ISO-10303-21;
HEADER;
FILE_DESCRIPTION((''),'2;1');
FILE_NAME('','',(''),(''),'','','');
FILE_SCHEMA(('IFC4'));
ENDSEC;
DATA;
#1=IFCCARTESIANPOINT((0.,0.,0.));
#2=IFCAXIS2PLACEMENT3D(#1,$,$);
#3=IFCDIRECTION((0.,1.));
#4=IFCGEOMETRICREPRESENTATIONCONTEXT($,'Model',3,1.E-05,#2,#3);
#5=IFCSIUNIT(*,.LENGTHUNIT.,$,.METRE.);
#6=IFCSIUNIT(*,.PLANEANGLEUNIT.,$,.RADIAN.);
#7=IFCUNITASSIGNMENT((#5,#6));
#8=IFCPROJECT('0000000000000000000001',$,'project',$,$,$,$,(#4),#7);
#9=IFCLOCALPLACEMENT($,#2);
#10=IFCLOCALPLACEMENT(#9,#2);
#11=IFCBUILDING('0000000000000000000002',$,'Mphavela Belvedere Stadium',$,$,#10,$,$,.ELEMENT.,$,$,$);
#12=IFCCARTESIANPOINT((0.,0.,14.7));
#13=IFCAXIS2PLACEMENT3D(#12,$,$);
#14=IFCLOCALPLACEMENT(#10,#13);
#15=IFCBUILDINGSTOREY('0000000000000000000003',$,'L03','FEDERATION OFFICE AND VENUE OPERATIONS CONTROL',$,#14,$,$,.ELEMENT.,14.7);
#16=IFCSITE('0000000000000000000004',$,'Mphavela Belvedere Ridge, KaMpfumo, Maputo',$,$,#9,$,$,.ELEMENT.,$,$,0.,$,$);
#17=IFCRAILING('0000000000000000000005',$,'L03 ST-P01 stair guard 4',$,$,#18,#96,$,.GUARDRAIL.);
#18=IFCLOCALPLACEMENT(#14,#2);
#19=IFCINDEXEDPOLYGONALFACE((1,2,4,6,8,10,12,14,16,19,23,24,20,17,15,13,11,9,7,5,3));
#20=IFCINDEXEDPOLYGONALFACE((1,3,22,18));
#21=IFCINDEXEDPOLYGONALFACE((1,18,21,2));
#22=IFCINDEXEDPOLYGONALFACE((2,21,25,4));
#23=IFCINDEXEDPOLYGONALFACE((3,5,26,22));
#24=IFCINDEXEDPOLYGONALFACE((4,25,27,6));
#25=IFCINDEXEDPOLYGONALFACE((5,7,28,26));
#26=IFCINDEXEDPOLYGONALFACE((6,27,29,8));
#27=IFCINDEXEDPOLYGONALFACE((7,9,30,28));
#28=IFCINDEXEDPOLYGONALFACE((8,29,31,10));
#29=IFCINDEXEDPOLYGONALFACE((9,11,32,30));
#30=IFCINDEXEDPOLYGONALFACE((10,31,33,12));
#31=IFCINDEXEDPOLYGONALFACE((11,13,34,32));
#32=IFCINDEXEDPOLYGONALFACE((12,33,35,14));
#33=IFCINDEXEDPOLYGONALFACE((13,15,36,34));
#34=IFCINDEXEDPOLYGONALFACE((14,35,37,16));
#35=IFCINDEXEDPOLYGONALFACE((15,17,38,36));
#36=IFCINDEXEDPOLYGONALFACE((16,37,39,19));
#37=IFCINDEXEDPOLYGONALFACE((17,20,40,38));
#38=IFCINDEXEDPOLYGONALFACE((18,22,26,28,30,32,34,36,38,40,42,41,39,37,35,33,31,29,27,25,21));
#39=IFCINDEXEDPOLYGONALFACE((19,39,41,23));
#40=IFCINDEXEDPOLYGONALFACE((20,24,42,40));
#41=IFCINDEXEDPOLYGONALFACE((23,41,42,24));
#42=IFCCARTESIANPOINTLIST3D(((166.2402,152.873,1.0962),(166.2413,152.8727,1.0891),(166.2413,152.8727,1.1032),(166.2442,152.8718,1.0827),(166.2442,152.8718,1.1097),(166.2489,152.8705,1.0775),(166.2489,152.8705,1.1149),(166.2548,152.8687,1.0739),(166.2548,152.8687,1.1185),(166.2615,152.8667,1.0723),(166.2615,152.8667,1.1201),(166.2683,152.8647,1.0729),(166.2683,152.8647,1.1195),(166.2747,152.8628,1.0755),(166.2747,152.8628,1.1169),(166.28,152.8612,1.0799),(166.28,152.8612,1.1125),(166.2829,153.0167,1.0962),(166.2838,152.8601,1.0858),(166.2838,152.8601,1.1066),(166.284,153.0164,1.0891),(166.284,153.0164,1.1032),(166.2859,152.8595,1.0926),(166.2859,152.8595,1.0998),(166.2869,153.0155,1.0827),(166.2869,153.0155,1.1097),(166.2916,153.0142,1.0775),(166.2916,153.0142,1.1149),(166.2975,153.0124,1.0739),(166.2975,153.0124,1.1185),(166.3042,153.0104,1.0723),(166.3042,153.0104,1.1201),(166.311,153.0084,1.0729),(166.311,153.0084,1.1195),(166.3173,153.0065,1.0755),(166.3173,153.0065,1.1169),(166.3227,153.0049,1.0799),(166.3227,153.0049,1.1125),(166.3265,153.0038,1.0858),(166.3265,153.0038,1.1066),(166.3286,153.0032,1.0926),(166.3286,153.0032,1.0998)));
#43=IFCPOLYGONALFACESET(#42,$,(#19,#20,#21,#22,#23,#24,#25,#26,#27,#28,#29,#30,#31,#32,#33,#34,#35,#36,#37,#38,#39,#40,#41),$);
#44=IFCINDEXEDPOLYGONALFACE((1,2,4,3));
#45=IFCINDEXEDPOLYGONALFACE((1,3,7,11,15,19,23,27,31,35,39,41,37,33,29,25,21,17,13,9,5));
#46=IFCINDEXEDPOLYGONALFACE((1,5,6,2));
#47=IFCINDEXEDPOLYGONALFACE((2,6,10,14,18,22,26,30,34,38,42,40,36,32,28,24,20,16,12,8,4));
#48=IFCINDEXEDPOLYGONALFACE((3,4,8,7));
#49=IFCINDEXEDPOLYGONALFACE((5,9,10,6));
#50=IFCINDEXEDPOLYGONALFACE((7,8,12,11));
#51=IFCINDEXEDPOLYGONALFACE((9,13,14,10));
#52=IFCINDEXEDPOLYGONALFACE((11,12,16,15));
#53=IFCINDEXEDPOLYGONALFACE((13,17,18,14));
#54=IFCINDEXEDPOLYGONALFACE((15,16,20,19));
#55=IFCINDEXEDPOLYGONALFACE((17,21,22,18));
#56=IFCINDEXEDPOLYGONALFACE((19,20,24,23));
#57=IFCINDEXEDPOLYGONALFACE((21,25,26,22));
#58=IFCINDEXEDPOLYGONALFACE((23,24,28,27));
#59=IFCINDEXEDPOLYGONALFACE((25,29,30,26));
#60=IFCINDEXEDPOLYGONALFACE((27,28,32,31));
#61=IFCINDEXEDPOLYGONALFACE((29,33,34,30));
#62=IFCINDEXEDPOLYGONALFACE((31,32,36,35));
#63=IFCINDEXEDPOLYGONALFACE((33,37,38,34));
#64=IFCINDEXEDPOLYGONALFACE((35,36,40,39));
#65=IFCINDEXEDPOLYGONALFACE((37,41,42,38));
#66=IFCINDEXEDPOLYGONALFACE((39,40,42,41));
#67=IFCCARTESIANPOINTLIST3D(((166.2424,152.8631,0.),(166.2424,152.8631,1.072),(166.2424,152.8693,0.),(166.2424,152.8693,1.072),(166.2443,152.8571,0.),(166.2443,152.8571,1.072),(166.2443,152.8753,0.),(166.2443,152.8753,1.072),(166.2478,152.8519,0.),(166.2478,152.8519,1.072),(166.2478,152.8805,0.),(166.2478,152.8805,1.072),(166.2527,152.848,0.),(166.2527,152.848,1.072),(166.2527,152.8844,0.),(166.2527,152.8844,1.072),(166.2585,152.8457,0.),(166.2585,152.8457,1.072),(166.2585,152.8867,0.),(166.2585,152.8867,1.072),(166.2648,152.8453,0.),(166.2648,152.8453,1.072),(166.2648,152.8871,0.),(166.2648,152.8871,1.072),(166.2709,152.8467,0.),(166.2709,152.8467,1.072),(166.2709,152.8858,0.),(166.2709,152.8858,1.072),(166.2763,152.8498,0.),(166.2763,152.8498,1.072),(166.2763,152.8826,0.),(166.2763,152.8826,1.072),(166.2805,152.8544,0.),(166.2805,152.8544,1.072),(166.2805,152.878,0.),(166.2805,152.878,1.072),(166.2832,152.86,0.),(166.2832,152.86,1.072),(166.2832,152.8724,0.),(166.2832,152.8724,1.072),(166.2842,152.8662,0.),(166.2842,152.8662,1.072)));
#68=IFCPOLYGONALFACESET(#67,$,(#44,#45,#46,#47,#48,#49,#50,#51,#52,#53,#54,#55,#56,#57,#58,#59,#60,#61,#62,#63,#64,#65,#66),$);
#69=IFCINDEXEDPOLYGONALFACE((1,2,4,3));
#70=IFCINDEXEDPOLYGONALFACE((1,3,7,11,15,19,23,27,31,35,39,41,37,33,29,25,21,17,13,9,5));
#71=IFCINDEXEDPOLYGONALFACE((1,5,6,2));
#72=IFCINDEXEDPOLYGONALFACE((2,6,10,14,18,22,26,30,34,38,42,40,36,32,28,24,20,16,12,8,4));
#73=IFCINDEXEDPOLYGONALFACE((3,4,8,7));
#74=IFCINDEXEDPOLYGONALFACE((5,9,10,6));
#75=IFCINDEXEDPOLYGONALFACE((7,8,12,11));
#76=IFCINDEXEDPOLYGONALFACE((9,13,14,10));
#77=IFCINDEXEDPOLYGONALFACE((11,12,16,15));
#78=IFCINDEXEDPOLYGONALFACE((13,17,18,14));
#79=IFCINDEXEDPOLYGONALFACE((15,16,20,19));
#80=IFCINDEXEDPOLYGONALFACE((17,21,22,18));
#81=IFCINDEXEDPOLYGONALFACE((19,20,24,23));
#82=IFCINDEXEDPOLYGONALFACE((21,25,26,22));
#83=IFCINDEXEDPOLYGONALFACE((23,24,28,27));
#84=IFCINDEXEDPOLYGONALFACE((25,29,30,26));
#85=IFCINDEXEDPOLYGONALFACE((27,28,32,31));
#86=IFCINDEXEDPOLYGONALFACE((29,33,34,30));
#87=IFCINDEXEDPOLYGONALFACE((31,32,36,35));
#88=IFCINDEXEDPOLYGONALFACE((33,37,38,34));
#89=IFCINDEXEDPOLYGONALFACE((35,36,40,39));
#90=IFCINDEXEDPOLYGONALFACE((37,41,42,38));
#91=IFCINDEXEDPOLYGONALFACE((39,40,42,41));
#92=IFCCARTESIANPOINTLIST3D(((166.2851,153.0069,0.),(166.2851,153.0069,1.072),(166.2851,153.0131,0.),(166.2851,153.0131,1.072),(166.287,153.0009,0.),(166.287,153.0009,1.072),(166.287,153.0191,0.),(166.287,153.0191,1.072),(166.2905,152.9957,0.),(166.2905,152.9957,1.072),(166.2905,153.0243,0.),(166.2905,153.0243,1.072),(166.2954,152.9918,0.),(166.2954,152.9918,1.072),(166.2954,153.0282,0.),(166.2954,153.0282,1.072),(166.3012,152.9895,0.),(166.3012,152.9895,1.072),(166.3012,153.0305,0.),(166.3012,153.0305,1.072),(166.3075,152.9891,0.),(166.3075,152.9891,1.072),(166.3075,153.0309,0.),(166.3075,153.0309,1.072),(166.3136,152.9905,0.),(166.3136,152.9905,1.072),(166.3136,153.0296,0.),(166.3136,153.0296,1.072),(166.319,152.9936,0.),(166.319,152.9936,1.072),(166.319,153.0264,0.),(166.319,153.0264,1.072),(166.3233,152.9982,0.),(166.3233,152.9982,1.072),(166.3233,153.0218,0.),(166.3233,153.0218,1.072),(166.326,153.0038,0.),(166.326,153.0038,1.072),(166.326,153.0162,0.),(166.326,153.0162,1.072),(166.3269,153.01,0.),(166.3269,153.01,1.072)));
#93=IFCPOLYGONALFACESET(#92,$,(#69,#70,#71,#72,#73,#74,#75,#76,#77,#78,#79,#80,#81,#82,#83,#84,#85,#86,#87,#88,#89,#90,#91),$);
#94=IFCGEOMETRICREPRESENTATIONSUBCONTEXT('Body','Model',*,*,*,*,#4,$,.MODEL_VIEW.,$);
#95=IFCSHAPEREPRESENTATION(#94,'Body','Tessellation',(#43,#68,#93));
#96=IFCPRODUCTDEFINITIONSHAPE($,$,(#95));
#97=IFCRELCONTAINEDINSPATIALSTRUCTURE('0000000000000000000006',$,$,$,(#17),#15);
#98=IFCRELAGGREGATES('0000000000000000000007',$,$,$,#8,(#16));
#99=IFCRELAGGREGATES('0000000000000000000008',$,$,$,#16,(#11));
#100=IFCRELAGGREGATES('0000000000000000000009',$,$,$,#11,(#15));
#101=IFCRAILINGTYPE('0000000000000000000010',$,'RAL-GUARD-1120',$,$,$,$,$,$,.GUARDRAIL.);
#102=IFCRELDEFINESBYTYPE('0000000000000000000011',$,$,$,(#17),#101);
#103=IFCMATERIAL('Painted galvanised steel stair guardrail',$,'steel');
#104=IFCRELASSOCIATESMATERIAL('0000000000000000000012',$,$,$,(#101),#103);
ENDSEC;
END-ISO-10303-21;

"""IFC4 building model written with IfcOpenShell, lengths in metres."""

from ifc_helpers import new_model, si_unit, direction, frame, origin, origin_2d, place, context, subcontext, project, spatial, circle, extrude, material, type_object, element, save


model = new_model("IFC4")

# Units and contexts
model_context = context("Model", 3, precision=1e-05, world=origin(), true_north=direction((0.0, 1.0)))
body_context = subcontext(model_context, "Body", "Model", "MODEL_VIEW")
ifc_project = project(units=[si_unit("LENGTHUNIT", "METRE"), si_unit("PLANEANGLEUNIT", "RADIAN")], contexts=[model_context])

# Site, building, storey
site_placement = place(None, origin())
site = spatial("IfcSite", under=ifc_project, at=site_placement, Name="Mphavela Belvedere Ridge, KaMpfumo, Maputo", CompositionType="ELEMENT", RefElevation=0.0)
building_placement = place(site_placement, origin())
building = spatial("IfcBuilding", under=site, at=building_placement, Name="Mphavela Belvedere Stadium", CompositionType="ELEMENT")
storey_placement = place(building_placement, frame((0.0, 0.0, 14.7)))
storey = spatial("IfcBuildingStorey", under=building, at=storey_placement, Name="L03", Description="FEDERATION OFFICE AND VENUE OPERATIONS CONTROL", CompositionType="ELEMENT", Elevation=14.7)

# Railing
ifc_material_1 = material(Name="Painted galvanised steel stair guardrail", Category="steel")
railing_type_1 = type_object("IfcRailingType", Name="RAL-GUARD-1120", PredefinedType="GUARDRAIL", material=ifc_material_1)
railing_1_placement = place(storey_placement, frame((166.2632, 152.8662, 0.0)))
element("IfcRailing", 1, at=railing_1_placement, inside=storey, type_object=railing_type_1, Name="L03 ST-P01 stair guard 4", PredefinedType="GUARDRAIL", context=body_context, shape_type="SweptSolid", body=[
    extrude(circle(Radius=0.0239, at=origin_2d()), frame((0.0, 0.0, 1.0962), z_axis=(0.284809, 0.958584, 0.0), x_axis=(-0.958584, 0.284809, 0.0)), (0.0, 0.0, 1.0), 0.1499),
    extrude(circle(Radius=0.021, at=origin_2d()), origin(), (0.0, 0.0, 1.0), 1.072),
    extrude(circle(Radius=0.021, at=origin_2d()), frame((0.0427, 0.1438, 0.0)), (0.0, 0.0, 1.0), 1.072),
])

save(model, "model.ifc")
